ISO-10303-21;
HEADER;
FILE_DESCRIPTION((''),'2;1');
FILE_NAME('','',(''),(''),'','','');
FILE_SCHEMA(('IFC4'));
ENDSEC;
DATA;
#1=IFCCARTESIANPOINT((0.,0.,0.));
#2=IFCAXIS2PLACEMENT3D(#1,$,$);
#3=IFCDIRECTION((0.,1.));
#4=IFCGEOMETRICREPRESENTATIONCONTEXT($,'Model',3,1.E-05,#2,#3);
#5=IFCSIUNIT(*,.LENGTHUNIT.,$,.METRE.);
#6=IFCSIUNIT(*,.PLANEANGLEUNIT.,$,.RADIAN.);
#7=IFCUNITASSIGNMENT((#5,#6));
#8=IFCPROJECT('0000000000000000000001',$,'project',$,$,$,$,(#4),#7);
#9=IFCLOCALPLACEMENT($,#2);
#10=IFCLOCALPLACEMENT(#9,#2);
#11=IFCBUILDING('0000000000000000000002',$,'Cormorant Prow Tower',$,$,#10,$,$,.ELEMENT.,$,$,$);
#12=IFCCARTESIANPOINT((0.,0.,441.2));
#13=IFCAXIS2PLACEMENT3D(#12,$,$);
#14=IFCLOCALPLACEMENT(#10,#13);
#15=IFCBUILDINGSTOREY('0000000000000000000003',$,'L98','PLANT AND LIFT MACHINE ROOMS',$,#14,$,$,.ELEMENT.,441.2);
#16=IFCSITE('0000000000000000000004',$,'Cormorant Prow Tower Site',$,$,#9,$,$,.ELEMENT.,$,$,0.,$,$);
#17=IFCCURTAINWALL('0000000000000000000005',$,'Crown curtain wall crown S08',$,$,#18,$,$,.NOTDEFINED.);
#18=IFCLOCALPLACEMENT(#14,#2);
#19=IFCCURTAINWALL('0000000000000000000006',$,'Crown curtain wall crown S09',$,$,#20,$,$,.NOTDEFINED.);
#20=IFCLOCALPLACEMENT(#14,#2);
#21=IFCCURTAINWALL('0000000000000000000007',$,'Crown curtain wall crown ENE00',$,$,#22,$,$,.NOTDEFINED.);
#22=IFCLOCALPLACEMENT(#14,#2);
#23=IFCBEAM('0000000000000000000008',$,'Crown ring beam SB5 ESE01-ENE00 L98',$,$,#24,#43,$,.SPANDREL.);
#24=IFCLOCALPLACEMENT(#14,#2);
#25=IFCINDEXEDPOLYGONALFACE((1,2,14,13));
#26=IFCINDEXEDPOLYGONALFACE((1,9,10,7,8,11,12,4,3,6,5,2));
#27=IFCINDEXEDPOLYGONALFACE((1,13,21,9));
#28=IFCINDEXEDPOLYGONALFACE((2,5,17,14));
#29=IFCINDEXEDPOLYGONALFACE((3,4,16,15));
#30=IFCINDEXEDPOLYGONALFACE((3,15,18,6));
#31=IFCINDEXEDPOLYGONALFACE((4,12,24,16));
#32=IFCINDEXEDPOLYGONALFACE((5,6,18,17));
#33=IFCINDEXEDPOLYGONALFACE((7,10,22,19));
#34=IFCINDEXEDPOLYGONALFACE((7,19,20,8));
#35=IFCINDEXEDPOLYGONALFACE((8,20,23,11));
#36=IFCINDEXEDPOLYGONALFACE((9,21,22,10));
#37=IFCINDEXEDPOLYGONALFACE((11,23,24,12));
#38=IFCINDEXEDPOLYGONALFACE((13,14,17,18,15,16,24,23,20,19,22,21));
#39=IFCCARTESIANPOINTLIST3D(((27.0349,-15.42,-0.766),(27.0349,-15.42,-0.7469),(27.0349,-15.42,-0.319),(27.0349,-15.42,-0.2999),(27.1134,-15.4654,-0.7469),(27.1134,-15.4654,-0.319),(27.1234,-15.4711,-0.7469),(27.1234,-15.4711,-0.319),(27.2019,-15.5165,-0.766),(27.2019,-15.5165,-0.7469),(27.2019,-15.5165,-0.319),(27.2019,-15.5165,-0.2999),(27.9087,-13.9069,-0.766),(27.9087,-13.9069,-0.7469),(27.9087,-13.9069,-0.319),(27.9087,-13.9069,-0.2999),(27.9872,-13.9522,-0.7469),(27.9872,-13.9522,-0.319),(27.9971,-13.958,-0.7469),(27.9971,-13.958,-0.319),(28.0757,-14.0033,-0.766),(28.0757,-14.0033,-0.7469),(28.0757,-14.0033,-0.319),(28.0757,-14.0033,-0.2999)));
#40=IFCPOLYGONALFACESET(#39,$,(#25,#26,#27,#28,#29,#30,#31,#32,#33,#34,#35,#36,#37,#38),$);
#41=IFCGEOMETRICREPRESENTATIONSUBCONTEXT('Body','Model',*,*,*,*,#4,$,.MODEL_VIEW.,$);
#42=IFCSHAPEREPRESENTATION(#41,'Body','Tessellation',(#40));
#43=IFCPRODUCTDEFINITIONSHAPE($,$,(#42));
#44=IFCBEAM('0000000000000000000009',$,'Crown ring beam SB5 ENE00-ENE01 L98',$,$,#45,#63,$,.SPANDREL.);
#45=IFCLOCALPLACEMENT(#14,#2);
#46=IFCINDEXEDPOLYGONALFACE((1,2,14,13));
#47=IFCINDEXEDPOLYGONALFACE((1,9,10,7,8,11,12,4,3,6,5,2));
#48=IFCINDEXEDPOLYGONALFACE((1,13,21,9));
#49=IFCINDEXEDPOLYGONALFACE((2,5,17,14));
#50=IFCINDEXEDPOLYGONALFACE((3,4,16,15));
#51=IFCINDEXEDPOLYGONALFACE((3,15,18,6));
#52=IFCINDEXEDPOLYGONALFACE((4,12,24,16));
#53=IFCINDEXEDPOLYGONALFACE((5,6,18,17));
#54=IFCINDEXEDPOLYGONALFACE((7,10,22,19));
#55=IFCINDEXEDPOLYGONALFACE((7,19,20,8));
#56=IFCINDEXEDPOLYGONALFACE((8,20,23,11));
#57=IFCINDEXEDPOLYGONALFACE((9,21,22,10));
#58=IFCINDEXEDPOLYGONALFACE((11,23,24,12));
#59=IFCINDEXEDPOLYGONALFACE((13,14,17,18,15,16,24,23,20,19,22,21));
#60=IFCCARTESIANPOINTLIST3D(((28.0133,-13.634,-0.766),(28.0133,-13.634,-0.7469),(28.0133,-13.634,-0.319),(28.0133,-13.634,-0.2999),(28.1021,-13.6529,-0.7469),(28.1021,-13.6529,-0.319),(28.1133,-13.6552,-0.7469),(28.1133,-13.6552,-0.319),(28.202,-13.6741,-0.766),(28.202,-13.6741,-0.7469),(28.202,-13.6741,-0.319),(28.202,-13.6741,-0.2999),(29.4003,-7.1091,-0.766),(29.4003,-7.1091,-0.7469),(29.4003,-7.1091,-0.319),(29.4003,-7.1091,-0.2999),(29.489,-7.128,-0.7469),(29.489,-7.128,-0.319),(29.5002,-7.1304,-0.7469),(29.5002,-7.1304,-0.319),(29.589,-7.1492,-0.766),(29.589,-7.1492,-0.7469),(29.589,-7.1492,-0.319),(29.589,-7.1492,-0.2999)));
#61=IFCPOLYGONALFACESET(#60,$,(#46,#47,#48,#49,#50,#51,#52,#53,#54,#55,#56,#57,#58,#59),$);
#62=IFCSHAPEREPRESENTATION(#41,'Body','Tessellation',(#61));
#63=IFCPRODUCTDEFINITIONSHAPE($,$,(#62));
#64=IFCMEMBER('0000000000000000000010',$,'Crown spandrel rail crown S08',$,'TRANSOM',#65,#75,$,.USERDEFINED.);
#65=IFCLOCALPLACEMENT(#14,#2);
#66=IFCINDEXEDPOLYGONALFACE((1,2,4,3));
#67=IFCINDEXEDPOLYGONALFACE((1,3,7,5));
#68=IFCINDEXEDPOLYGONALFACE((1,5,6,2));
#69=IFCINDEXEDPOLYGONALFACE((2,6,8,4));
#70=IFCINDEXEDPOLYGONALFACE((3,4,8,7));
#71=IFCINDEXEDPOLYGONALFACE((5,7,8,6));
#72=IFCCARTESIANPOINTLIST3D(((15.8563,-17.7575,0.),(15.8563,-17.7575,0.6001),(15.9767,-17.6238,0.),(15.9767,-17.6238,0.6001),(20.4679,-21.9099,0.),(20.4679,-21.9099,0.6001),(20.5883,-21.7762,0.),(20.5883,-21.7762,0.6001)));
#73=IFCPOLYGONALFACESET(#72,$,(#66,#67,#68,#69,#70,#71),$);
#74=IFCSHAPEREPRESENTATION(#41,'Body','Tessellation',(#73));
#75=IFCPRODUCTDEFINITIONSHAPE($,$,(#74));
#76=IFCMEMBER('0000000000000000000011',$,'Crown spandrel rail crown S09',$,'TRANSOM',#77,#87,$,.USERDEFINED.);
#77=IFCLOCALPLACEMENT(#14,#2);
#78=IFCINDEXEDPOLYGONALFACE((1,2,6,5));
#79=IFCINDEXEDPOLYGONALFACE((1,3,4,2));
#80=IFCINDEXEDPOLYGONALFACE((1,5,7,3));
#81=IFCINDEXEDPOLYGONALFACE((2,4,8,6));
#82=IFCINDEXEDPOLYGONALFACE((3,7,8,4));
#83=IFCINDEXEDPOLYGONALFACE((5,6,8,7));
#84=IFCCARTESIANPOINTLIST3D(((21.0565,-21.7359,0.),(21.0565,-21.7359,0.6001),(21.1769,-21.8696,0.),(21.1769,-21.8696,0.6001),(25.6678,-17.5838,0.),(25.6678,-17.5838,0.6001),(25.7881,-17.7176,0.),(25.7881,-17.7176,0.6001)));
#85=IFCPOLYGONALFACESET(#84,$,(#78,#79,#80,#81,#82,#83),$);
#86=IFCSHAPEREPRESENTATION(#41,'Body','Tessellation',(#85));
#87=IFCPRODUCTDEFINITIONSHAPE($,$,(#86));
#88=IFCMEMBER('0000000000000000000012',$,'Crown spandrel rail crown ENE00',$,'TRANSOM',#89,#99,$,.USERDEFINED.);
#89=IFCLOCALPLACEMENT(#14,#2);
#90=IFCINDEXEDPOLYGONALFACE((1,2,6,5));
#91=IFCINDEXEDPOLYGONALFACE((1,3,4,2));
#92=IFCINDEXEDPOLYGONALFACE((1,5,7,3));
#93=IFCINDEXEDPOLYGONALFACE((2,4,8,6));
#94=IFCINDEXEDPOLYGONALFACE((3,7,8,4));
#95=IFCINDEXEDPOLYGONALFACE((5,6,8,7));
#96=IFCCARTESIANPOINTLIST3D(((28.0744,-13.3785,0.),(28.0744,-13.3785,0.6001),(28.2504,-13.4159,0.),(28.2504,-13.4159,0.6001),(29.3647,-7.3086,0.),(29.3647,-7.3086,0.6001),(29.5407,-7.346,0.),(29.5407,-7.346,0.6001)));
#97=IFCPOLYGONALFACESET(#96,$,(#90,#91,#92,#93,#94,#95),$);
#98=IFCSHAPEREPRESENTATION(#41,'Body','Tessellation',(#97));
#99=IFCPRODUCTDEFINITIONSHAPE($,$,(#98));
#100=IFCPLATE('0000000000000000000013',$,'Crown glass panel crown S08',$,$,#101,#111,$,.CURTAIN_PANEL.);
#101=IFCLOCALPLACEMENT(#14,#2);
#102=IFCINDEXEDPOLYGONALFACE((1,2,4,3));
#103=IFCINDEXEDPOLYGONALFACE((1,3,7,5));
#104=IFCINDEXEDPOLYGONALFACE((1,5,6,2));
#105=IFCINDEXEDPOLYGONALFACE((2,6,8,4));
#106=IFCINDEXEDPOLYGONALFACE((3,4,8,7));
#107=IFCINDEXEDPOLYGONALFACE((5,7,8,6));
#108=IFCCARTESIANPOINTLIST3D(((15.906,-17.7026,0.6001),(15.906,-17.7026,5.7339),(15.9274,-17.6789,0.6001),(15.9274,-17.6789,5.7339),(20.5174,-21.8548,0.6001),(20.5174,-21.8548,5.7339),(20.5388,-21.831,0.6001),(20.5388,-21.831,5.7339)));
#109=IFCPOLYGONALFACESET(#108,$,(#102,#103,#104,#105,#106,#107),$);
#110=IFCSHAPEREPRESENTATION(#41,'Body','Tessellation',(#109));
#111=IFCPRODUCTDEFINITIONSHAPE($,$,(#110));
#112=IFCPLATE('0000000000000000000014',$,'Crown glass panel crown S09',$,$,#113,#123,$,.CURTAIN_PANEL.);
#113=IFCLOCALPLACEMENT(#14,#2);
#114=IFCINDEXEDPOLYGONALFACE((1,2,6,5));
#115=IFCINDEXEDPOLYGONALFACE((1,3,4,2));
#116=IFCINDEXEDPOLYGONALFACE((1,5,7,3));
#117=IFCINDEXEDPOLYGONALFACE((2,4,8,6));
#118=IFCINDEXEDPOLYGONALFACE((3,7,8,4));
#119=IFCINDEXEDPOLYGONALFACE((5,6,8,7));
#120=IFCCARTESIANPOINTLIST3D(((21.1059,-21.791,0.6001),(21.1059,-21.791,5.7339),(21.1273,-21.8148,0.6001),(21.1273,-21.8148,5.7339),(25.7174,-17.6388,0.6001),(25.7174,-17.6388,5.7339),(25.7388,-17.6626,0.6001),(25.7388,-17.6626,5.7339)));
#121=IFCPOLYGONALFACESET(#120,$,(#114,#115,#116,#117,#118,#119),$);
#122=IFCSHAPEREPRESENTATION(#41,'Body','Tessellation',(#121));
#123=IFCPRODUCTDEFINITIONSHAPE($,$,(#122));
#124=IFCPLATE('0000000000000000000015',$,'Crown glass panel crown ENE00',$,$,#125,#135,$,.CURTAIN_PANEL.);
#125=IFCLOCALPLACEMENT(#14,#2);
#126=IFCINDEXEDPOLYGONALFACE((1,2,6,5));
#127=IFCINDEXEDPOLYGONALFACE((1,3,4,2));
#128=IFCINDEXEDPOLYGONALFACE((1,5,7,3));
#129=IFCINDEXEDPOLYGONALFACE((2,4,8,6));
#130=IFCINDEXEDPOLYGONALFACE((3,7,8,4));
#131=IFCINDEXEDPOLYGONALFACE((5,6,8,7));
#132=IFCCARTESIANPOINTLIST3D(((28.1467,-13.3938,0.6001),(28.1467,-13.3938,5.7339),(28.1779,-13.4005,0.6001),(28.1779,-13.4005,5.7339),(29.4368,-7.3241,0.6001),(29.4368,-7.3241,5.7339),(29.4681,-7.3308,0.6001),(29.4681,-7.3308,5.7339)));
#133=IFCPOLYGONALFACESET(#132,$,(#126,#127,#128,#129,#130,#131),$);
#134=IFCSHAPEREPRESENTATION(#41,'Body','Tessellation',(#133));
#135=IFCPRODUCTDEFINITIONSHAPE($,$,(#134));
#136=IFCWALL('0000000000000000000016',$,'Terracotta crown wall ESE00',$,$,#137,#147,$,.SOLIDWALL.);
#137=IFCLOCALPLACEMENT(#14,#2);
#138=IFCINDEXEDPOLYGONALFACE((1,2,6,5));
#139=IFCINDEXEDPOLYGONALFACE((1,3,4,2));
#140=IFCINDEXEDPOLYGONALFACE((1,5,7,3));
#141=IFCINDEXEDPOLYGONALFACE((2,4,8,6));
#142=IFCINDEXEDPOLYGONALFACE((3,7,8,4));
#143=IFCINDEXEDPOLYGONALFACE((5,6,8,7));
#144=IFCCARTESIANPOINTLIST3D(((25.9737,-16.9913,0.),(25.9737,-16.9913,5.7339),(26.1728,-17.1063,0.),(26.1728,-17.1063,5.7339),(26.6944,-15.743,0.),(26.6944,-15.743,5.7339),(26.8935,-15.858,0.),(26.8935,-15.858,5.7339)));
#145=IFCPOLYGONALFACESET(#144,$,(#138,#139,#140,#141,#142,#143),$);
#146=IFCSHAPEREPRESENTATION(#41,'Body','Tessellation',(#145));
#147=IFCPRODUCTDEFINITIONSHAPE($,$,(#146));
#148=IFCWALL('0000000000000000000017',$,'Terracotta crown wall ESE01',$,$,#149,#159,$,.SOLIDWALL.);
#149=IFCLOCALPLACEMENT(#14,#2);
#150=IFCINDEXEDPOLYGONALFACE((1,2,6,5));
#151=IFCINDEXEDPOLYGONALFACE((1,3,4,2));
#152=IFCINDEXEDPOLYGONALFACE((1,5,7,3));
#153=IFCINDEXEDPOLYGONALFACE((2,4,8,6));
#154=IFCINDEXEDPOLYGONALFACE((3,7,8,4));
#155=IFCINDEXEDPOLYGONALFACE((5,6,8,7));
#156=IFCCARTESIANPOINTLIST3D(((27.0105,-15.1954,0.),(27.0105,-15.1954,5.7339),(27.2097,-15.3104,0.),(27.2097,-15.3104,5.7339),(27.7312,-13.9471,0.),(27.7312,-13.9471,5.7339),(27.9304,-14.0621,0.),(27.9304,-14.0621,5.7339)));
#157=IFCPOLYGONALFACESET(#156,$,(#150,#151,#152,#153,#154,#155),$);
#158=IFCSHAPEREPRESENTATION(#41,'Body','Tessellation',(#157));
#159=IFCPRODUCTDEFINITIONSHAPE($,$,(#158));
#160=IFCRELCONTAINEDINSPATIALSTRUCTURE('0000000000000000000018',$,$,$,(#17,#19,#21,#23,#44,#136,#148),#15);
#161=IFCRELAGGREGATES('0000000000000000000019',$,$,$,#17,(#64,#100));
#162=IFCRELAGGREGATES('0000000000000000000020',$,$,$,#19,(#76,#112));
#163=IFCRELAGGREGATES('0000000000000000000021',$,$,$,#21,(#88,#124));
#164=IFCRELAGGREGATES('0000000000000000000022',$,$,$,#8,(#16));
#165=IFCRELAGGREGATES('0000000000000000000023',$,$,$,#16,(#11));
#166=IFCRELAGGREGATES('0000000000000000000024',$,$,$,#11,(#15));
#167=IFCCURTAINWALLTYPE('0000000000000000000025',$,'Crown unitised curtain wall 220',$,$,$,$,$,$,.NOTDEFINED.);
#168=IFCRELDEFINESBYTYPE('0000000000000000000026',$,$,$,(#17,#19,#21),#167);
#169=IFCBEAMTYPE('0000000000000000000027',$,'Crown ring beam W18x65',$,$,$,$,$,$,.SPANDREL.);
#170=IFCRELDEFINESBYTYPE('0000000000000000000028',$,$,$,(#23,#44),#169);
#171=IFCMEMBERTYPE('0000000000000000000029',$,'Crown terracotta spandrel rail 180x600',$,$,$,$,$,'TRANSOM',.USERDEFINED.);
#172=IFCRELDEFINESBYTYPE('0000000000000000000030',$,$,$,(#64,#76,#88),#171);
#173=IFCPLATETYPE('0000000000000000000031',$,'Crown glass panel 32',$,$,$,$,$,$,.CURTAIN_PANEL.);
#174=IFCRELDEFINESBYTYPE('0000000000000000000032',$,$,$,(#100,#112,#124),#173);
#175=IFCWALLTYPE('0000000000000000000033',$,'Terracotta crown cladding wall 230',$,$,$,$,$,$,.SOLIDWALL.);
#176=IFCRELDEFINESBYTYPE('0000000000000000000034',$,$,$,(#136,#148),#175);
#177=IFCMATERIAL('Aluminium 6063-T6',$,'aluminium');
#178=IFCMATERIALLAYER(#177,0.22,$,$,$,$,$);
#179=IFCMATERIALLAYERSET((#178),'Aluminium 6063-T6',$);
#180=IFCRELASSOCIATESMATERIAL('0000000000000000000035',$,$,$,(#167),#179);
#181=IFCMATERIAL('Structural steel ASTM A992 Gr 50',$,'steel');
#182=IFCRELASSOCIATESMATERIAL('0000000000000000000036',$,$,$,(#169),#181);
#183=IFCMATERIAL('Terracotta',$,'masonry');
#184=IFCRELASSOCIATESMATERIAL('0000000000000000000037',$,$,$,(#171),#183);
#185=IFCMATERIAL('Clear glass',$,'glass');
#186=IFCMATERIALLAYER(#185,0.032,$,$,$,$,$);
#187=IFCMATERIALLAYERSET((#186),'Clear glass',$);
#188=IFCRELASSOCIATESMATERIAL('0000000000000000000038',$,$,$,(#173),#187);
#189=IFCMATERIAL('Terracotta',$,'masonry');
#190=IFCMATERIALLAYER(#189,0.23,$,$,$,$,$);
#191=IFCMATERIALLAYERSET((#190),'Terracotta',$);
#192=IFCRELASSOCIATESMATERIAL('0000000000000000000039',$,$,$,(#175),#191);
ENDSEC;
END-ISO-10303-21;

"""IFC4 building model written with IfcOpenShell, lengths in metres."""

from ifc_helpers import new_model, si_unit, direction, frame, frame_2d, origin, origin_2d, place, context, subcontext, project, spatial, rectangle, i_section, extrude, material, layer, layer_set, material_profile, profile_set, type_object, element, aggregate, save


model = new_model("IFC4")

# Units and contexts
model_context = context("Model", 3, precision=1e-05, world=origin(), true_north=direction((0.0, 1.0)))
body_context = subcontext(model_context, "Body", "Model", "MODEL_VIEW")
ifc_project = project(units=[si_unit("LENGTHUNIT", "METRE"), si_unit("PLANEANGLEUNIT", "RADIAN")], contexts=[model_context])

# Site, building, storey
site_placement = place(None, origin())
site = spatial("IfcSite", under=ifc_project, at=site_placement, Name="Cormorant Prow Tower Site", CompositionType="ELEMENT", RefElevation=0.0)
building_placement = place(site_placement, origin())
building = spatial("IfcBuilding", under=site, at=building_placement, Name="Cormorant Prow Tower", CompositionType="ELEMENT")
storey_placement = place(building_placement, frame((0.0, 0.0, 441.2)))
storey = spatial("IfcBuildingStorey", under=building, at=storey_placement, Name="L98", Description="PLANT AND LIFT MACHINE ROOMS", CompositionType="ELEMENT", Elevation=441.2)

# Curtain walls
ifc_material_1 = material(Name="Aluminium 6063-T6", Category="aluminium")
ifc_layer_1 = layer(ifc_material_1, 0.22)
ifc_layer_set_1 = layer_set([ifc_layer_1], Name="Aluminium 6063-T6")
curtain_wall_type = type_object("IfcCurtainWallType", Name="Crown unitised curtain wall 220", PredefinedType="NOTDEFINED", material=ifc_layer_set_1)
curtain_wall_1_placement = place(storey_placement, origin())
curtain_wall_1 = element("IfcCurtainWall", 1, at=curtain_wall_1_placement, inside=storey, type_object=curtain_wall_type, Name="Crown curtain wall crown S08", PredefinedType="NOTDEFINED")
curtain_wall_2_placement = place(storey_placement, origin())
curtain_wall_2 = element("IfcCurtainWall", 2, at=curtain_wall_2_placement, inside=storey, type_object=curtain_wall_type, Name="Crown curtain wall crown S09", PredefinedType="NOTDEFINED")
curtain_wall_3_placement = place(storey_placement, origin())
curtain_wall_3 = element("IfcCurtainWall", 3, at=curtain_wall_3_placement, inside=storey, type_object=curtain_wall_type, Name="Crown curtain wall crown ENE00", PredefinedType="NOTDEFINED")

# Beams
ifc_material_2 = material(Name="Structural steel ASTM A992 Gr 50", Category="steel")
ifc_material_profile_1 = material_profile(ifc_material_2, i_section(OverallWidth=0.1929, OverallDepth=0.4661, WebThickness=0.0115, FlangeThickness=0.019, at=origin_2d()), Name="W18x65")
ifc_profile_set_1 = profile_set([ifc_material_profile_1], Name="Structural steel ASTM A992 Gr 50")
beam_type = type_object("IfcBeamType", Name="Crown ring beam W18x65", PredefinedType="SPANDREL", material=ifc_profile_set_1)
for number, where, z_axis, x_axis, name in (
    (4, (27.1184, -15.4683, -0.533), (0.500061, 0.86599, 0.0), (-0.86599, 0.500061, 0.0), "Crown ring beam SB5 ESE01-ENE00 L98"),
):
    element("IfcBeam", number, at=place(storey_placement, frame(where, z_axis=z_axis, x_axis=x_axis)), inside=storey, type_object=beam_type, Name=name, PredefinedType="SPANDREL", context=body_context, shape_type="SweptSolid", body=[
        extrude(i_section(OverallWidth=0.1929, OverallDepth=0.4661, WebThickness=0.0115, FlangeThickness=0.019, at=origin_2d()), origin(), (0.0, 0.0, 1.0), 1.7473),
    ])
beam_placement = place(storey_placement, frame((28.1077, -13.6541, -0.533), z_axis=(0.207919, 0.978146, 0.0), x_axis=(-0.978146, 0.207919, 0.0)))
element("IfcBeam", 5, at=beam_placement, inside=storey, type_object=beam_type, Name="Crown ring beam SB5 ENE00-ENE01 L98", PredefinedType="SPANDREL", context=body_context, shape_type="SweptSolid", body=[
    extrude(i_section(OverallWidth=0.1929, OverallDepth=0.4661, WebThickness=0.0115, FlangeThickness=0.019, at=origin_2d()), origin(), (0.0, 0.0, 1.0), 6.6707),
])

# Members
ifc_material_3 = material(Name="Terracotta", Category="masonry")
ifc_material_profile_2 = material_profile(ifc_material_3, rectangle(XDim=0.1799, YDim=0.6001, at=origin_2d()), Name="Crown terracotta spandrel rail 180x600")
ifc_profile_set_2 = profile_set([ifc_material_profile_2], Name="Terracotta")
member_type_1 = type_object("IfcMemberType", Name="Crown terracotta spandrel rail 180x600", ElementType="TRANSOM", PredefinedType="USERDEFINED", material=ifc_profile_set_2)
member_1_placement = place(storey_placement, frame((15.9165, -17.6907, 0.3), z_axis=(0.74314, -0.669136, 0.0), x_axis=(0.669136, 0.74314, 0.0)))
member_1 = element("IfcMember", 6, at=member_1_placement, type_object=member_type_1, Name="Crown spandrel rail crown S08", ObjectType="TRANSOM", PredefinedType="USERDEFINED", context=body_context, shape_type="SweptSolid", body=[
    extrude(rectangle(XDim=0.1799, YDim=0.6001, at=origin_2d()), origin(), (0.0, 0.0, 1.0), 6.2056),
])
member_2_placement = place(storey_placement, frame((21.1167, -21.8027, 0.3), z_axis=(0.743142, 0.669134, 0.0), x_axis=(-0.669134, 0.743142, 0.0)))
member_2 = element("IfcMember", 7, at=member_2_placement, type_object=member_type_1, Name="Crown spandrel rail crown S09", ObjectType="TRANSOM", PredefinedType="USERDEFINED", context=body_context, shape_type="SweptSolid", body=[
    extrude(rectangle(XDim=0.1799, YDim=0.6001, at=origin_2d()), origin(), (0.0, 0.0, 1.0), 6.2051),
])
member_3_placement = place(storey_placement, frame((28.1624, -13.3972, 0.3), z_axis=(0.207927, 0.978144, 0.0), x_axis=(-0.978144, 0.207927, 0.0)))
member_3 = element("IfcMember", 8, at=member_3_placement, type_object=member_type_1, Name="Crown spandrel rail crown ENE00", ObjectType="TRANSOM", PredefinedType="USERDEFINED", context=body_context, shape_type="SweptSolid", body=[
    extrude(rectangle(XDim=0.1799, YDim=0.6001, at=origin_2d()), origin(), (0.0, 0.0, 1.0), 6.2056),
])

# Plates
ifc_material_4 = material(Name="Clear glass", Category="glass")
ifc_layer_2 = layer(ifc_material_4, 0.032)
ifc_layer_set_2 = layer_set([ifc_layer_2], Name="Clear glass")
plate_type = type_object("IfcPlateType", Name="Crown glass panel 32", PredefinedType="CURTAIN_PANEL", material=ifc_layer_set_2)
plate_1_placement = place(storey_placement, frame((18.2224, -19.7668, 0.6001), z_axis=(0.0, 0.0, 1.0), x_axis=(0.743145, -0.669131, 0.0)))
plate_1 = element("IfcPlate", 9, at=plate_1_placement, type_object=plate_type, Name="Crown glass panel crown S08", PredefinedType="CURTAIN_PANEL", context=body_context, shape_type="SweptSolid", body=[
    extrude(rectangle(XDim=6.2053, YDim=0.032, at=origin_2d()), origin(), (0.0, 0.0, 1.0), 5.1338),
])
aggregate(curtain_wall_1, [member_1, plate_1])
plate_2_placement = place(storey_placement, frame((23.4224, -19.7268, 0.6001), z_axis=(0.0, 0.0, 1.0), x_axis=(0.743145, 0.669131, 0.0)))
plate_2 = element("IfcPlate", 10, at=plate_2_placement, type_object=plate_type, Name="Crown glass panel crown S09", PredefinedType="CURTAIN_PANEL", context=body_context, shape_type="SweptSolid", body=[
    extrude(rectangle(XDim=6.2053, YDim=0.032, at=origin_2d()), origin(), (0.0, 0.0, 1.0), 5.1338),
])
aggregate(curtain_wall_2, [member_2, plate_2])
plate_3_placement = place(storey_placement, frame((28.8074, -10.3623, 0.6001), z_axis=(0.0, 0.0, 1.0), x_axis=(0.207912, 0.978148, 0.0)))
plate_3 = element("IfcPlate", 11, at=plate_3_placement, type_object=plate_type, Name="Crown glass panel crown ENE00", PredefinedType="CURTAIN_PANEL", context=body_context, shape_type="SweptSolid", body=[
    extrude(rectangle(XDim=6.2053, YDim=0.032, at=origin_2d()), origin(), (0.0, 0.0, 1.0), 5.1338),
])
aggregate(curtain_wall_3, [member_3, plate_3])

# Walls
ifc_material_5 = material(Name="Terracotta", Category="masonry")
ifc_layer_3 = layer(ifc_material_5, 0.23)
ifc_layer_set_3 = layer_set([ifc_layer_3], Name="Terracotta")
wall_type = type_object("IfcWallType", Name="Terracotta crown cladding wall 230", PredefinedType="SOLIDWALL", material=ifc_layer_set_3)
for number, where, z_axis, x_axis, name in (
    (12, (26.0732, -17.0488, 0.0), (0.0, 0.0, 1.0), (0.500001, 0.866025, 0.0), "Terracotta crown wall ESE00"),
    (13, (27.1101, -15.2529, 0.0), (0.0, 0.0, 1.0), (0.500001, 0.866025, 0.0), "Terracotta crown wall ESE01"),
):
    element("IfcWall", number, at=place(storey_placement, frame(where, z_axis=z_axis, x_axis=x_axis)), inside=storey, type_object=wall_type, Name=name, PredefinedType="SOLIDWALL", context=body_context, shape_type="SweptSolid", body=[
        extrude(rectangle(XDim=1.4414, YDim=0.23, at=frame_2d((0.7207, 0.0))), origin(), (0.0, 0.0, 1.0), 5.7339),
    ])

save(model, "model.ifc")
